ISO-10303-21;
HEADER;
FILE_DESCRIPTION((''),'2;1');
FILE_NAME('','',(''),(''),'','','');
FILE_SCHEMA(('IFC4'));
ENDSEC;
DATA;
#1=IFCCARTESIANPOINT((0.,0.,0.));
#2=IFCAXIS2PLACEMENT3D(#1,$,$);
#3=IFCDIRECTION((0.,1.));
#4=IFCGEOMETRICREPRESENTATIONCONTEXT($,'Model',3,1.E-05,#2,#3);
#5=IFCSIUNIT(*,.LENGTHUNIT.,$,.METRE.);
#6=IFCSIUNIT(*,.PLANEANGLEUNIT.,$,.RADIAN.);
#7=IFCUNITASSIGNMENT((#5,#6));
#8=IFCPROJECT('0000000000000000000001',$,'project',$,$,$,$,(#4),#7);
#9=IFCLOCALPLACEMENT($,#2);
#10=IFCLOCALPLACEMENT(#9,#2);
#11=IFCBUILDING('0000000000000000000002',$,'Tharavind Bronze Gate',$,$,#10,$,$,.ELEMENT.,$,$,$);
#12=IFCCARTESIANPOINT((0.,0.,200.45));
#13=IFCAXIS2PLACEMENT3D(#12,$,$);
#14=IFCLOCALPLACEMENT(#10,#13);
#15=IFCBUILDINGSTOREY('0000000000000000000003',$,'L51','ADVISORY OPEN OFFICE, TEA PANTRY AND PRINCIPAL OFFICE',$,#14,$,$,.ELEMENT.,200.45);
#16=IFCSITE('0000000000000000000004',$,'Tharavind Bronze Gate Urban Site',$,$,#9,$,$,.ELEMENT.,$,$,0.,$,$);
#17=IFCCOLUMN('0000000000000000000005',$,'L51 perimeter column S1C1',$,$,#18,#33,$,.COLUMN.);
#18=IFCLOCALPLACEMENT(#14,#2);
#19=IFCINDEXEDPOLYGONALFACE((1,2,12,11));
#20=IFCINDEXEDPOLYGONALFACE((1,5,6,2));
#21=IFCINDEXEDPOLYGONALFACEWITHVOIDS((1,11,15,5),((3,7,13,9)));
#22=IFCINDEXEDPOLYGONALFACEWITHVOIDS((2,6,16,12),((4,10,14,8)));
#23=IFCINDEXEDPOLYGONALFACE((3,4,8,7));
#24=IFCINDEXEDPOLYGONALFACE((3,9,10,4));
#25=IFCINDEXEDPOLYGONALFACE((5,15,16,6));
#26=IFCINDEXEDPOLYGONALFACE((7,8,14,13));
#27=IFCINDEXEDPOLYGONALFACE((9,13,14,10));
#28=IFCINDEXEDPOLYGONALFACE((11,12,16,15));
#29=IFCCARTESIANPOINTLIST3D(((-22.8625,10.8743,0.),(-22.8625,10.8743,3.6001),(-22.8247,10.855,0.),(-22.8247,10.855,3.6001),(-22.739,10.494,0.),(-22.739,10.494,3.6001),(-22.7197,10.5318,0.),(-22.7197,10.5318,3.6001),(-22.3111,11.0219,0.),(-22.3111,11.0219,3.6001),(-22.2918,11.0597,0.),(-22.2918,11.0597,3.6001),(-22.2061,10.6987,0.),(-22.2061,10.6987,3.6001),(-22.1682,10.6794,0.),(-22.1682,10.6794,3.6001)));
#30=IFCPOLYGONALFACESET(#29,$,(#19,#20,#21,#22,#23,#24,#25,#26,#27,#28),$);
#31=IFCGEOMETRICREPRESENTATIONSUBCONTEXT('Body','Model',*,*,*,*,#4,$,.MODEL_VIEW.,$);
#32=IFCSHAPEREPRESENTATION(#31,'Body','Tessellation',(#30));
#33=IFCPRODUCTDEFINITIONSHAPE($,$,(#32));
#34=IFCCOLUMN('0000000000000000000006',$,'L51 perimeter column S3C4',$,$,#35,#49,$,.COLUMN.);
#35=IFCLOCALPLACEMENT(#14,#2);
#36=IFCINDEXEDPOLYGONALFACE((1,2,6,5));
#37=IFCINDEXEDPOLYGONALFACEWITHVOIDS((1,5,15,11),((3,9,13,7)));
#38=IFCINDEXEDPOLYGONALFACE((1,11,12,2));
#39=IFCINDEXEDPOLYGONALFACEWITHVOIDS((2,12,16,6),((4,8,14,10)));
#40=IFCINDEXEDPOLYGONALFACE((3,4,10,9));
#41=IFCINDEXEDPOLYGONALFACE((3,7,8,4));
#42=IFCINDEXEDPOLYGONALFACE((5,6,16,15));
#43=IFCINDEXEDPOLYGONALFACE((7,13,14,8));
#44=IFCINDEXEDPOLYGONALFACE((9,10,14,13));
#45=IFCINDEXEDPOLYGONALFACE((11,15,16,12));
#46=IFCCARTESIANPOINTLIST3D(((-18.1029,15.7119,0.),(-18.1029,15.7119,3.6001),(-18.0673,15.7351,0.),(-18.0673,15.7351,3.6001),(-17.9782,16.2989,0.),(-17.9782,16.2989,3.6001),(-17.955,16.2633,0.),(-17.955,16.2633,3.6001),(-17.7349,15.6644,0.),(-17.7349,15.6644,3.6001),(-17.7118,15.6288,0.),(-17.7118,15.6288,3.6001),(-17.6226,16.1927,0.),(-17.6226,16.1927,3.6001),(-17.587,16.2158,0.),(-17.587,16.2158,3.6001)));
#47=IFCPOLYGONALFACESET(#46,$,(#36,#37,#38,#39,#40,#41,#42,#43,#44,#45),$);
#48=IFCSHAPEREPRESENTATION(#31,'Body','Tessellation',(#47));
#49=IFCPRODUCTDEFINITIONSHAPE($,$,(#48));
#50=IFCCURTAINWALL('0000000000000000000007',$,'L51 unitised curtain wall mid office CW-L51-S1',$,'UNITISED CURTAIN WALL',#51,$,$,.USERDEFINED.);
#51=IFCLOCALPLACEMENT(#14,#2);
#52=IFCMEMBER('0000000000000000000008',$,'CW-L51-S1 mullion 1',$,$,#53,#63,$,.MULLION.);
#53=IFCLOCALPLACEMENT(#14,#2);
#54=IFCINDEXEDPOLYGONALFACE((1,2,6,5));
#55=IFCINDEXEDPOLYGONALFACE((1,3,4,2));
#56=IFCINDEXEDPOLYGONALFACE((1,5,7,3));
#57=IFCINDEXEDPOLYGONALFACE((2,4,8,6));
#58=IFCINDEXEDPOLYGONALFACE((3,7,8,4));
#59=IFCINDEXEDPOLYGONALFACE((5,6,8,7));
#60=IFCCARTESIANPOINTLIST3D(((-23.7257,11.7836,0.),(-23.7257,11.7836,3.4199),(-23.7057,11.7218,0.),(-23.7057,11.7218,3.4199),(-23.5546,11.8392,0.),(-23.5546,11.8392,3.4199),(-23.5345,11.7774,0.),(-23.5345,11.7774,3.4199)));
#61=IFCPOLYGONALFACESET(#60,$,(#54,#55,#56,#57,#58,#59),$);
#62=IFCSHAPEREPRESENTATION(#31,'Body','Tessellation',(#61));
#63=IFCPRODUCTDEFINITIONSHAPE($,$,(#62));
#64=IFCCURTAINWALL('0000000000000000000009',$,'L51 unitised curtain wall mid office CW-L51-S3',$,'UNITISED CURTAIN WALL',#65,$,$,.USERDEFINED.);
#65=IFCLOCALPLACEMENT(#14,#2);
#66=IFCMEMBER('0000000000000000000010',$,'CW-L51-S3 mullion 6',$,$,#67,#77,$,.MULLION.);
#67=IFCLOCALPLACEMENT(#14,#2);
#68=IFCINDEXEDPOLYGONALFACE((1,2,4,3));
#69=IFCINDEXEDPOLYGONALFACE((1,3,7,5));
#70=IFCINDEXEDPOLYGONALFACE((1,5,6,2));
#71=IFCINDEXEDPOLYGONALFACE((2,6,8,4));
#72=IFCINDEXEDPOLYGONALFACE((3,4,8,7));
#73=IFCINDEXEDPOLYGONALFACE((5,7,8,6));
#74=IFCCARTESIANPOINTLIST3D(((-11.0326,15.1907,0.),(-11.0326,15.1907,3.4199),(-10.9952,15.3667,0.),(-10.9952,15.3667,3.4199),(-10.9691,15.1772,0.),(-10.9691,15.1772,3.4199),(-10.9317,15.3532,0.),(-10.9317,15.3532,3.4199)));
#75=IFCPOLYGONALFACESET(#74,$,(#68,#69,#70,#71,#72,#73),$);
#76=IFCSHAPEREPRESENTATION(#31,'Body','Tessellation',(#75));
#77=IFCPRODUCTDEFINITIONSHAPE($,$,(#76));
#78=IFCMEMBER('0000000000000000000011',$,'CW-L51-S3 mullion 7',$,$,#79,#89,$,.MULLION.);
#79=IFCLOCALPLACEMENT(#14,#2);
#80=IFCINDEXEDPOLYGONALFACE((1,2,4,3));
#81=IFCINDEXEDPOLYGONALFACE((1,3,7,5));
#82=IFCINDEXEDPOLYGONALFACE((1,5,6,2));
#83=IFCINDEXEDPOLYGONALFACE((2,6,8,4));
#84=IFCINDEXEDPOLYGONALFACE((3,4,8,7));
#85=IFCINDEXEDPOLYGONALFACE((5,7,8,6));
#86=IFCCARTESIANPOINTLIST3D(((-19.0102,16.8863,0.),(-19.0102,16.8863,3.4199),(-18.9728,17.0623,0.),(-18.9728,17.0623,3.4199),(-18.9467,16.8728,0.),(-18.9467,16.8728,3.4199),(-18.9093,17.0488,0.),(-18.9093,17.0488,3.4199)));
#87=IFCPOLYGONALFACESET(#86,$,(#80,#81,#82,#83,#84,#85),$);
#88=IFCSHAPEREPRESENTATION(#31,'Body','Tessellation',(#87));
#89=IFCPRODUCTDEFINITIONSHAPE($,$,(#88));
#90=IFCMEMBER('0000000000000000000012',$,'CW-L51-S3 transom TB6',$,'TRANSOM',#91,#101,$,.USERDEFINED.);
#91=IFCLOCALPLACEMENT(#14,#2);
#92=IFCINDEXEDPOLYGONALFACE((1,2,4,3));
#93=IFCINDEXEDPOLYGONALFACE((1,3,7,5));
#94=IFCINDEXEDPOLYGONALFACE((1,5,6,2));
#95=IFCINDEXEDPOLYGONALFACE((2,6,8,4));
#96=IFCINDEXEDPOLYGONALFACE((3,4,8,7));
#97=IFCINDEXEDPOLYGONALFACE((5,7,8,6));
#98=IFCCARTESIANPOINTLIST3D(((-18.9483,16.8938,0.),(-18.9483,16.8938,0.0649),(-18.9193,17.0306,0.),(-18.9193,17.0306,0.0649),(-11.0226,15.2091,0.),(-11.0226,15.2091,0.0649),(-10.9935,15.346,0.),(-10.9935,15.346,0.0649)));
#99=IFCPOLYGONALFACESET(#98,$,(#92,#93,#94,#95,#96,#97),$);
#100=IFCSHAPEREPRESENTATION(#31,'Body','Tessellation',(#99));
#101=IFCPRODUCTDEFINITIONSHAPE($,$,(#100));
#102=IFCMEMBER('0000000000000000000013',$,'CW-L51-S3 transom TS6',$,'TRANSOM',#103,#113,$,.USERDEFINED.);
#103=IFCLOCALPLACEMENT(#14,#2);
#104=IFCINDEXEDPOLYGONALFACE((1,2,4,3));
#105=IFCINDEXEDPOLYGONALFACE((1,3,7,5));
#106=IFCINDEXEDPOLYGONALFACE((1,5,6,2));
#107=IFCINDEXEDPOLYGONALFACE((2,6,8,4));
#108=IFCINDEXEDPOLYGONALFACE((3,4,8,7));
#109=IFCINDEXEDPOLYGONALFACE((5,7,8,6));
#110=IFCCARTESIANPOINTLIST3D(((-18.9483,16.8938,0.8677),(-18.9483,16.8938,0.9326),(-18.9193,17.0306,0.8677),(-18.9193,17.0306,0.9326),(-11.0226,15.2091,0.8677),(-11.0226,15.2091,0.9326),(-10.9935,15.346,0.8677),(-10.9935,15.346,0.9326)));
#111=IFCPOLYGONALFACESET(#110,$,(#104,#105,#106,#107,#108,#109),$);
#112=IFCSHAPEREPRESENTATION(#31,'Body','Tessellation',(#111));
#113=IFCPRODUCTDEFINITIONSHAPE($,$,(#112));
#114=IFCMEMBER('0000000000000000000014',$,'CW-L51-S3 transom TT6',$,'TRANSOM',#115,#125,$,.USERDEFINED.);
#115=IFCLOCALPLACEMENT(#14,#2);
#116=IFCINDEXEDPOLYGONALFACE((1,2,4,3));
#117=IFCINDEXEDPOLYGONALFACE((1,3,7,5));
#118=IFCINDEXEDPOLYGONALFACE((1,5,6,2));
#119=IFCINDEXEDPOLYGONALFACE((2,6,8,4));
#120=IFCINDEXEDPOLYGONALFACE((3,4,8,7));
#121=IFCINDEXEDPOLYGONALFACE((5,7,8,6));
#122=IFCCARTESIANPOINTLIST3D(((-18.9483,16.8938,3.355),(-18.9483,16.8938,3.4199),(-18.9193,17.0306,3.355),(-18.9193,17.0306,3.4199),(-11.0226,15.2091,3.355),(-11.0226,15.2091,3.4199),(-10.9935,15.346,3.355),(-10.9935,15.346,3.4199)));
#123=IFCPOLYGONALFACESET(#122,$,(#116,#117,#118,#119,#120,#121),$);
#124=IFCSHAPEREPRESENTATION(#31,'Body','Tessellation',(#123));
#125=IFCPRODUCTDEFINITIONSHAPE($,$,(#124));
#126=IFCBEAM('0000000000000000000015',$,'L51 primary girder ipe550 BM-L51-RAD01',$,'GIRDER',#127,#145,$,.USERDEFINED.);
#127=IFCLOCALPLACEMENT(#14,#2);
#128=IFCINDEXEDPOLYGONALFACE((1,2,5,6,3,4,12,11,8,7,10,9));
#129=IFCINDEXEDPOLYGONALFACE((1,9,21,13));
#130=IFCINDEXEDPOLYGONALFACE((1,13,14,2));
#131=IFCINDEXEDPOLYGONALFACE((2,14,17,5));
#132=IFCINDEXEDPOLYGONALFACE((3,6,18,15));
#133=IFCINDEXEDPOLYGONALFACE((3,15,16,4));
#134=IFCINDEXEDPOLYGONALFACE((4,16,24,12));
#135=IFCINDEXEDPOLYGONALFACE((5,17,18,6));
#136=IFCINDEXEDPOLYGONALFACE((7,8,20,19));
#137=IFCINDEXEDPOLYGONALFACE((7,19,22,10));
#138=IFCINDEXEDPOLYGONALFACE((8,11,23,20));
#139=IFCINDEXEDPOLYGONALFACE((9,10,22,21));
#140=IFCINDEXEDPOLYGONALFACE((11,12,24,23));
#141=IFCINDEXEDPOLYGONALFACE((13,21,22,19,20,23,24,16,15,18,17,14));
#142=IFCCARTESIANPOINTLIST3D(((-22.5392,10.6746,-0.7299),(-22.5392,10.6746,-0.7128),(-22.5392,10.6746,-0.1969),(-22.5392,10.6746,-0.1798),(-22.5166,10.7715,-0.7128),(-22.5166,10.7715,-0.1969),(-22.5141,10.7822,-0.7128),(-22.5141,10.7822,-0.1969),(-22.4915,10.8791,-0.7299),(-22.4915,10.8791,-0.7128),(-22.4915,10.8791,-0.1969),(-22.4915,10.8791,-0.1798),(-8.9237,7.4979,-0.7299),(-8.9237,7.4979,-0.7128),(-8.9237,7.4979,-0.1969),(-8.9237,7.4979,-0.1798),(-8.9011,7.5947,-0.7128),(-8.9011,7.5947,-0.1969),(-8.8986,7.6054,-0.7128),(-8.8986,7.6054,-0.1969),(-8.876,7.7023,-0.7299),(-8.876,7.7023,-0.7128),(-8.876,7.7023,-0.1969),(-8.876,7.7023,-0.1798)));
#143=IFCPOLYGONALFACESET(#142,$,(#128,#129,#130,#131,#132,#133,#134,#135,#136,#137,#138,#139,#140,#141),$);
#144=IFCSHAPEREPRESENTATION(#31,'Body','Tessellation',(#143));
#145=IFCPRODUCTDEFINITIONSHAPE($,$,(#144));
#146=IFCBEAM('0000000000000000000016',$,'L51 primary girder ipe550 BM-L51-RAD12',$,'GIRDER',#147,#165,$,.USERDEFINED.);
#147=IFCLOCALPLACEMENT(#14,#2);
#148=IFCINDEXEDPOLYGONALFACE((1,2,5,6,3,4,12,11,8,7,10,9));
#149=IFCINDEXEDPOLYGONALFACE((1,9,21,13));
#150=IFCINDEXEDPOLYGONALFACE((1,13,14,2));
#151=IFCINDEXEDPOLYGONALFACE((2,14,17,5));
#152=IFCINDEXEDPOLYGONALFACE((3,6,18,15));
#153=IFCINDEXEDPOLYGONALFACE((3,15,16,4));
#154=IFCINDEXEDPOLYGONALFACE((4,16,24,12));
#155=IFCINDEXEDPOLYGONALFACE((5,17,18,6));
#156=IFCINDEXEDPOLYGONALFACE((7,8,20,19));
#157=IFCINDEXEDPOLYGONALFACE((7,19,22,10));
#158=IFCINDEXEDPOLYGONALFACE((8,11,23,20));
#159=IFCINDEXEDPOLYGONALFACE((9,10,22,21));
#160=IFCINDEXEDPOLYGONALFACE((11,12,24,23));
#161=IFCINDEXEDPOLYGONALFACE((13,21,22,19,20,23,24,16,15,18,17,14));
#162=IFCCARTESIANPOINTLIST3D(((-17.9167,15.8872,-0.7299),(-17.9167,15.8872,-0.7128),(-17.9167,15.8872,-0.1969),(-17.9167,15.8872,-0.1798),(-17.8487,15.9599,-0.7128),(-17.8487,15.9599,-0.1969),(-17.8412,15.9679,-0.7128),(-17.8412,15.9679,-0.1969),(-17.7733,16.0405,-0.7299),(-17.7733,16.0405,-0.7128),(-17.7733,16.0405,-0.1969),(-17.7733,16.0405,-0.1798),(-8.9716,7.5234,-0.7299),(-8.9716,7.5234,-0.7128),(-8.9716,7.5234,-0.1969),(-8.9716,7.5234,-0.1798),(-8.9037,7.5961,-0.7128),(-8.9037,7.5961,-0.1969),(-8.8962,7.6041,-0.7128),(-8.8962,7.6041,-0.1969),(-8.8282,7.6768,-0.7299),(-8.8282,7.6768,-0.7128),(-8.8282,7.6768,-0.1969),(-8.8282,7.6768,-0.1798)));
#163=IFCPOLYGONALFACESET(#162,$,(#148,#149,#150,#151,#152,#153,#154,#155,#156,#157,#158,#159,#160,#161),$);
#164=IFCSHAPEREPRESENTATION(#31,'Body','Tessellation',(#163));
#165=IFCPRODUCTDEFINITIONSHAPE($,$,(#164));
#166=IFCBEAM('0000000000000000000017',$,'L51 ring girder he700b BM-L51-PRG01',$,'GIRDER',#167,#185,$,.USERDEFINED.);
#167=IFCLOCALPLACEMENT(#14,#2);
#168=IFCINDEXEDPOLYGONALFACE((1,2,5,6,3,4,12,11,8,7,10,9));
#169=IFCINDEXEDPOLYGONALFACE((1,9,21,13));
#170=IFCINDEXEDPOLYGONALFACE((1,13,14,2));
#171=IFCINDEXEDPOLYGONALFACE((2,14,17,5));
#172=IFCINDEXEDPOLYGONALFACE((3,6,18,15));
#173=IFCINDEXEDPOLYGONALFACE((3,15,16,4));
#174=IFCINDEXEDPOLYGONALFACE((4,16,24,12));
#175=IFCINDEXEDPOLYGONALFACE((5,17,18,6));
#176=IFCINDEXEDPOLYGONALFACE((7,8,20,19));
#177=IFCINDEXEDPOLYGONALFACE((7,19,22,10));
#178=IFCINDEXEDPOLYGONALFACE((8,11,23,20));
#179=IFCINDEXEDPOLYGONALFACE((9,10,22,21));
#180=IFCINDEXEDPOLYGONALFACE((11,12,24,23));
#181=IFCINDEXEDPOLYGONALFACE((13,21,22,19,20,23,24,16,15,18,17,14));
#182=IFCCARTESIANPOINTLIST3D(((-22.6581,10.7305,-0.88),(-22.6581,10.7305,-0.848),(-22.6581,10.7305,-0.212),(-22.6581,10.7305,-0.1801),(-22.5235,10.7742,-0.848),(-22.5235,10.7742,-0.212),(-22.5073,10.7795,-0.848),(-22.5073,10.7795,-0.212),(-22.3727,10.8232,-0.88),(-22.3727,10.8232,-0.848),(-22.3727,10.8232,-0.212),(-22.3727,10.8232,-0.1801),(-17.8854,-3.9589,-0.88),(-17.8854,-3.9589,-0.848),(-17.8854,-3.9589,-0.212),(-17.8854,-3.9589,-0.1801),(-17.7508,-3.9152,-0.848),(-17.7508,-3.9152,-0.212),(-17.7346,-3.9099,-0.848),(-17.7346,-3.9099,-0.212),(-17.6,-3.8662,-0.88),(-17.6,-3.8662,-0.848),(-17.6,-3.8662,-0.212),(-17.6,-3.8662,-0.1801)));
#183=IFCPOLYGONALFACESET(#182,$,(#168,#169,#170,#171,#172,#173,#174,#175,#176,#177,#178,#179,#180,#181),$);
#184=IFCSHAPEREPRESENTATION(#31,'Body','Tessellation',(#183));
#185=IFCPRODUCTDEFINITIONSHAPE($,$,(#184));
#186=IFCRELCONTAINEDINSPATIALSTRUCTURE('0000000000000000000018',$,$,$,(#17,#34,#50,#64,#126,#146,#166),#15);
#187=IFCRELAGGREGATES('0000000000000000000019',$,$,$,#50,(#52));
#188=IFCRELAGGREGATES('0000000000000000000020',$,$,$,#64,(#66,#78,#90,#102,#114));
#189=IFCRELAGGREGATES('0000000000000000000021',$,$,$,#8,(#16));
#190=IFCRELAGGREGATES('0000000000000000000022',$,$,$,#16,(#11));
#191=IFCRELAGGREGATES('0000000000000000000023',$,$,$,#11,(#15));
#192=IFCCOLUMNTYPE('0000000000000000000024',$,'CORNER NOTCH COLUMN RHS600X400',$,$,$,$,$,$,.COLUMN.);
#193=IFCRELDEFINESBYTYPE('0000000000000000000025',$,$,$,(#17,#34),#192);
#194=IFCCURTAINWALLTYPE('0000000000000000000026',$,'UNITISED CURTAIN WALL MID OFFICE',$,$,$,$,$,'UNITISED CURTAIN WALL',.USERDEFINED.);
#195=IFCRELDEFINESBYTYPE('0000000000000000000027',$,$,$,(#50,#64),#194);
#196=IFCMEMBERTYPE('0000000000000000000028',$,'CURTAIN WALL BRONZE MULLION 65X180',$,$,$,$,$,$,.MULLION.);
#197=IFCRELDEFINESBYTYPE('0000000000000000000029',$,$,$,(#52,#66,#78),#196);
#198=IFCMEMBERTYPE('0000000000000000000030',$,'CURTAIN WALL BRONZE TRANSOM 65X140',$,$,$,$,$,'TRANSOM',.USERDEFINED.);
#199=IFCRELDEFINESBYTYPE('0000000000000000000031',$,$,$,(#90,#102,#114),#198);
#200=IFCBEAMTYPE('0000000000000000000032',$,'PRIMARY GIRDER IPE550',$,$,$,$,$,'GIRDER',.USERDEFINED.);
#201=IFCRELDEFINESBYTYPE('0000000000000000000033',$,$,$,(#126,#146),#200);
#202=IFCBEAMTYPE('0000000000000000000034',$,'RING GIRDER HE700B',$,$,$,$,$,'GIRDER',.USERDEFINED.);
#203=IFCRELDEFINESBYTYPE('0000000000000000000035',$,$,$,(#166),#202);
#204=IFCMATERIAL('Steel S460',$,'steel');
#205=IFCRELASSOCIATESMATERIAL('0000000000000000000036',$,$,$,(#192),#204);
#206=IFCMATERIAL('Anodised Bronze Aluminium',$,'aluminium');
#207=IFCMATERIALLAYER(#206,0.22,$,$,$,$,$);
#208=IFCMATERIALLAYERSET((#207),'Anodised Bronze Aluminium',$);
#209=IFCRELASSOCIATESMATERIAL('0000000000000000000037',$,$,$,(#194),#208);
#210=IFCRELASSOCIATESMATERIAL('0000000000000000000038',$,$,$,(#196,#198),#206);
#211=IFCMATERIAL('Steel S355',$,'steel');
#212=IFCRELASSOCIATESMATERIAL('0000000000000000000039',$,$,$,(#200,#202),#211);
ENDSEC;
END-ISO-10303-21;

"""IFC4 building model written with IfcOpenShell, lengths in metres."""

from ifc_helpers import new_model, si_unit, direction, frame, origin, origin_2d, place, context, subcontext, project, spatial, rectangle, hollow_rectangle, i_section, extrude, material, layer, layer_set, material_profile, profile_set, type_object, element, aggregate, save


model = new_model("IFC4")

# Units and contexts
model_context = context("Model", 3, precision=1e-05, world=origin(), true_north=direction((0.0, 1.0)))
body_context = subcontext(model_context, "Body", "Model", "MODEL_VIEW")
ifc_project = project(units=[si_unit("LENGTHUNIT", "METRE"), si_unit("PLANEANGLEUNIT", "RADIAN")], contexts=[model_context])

# Site, building, storey
site_placement = place(None, origin())
site = spatial("IfcSite", under=ifc_project, at=site_placement, Name="Tharavind Bronze Gate Urban Site", CompositionType="ELEMENT", RefElevation=0.0)
building_placement = place(site_placement, origin())
building = spatial("IfcBuilding", under=site, at=building_placement, Name="Tharavind Bronze Gate", CompositionType="ELEMENT")
storey_placement = place(building_placement, frame((0.0, 0.0, 200.45)))
storey = spatial("IfcBuildingStorey", under=building, at=storey_placement, Name="L51", Description="ADVISORY OPEN OFFICE, TEA PANTRY AND PRINCIPAL OFFICE", CompositionType="ELEMENT", Elevation=200.45)

# Columns
ifc_material_1 = material(Name="Steel S460", Category="steel")
ifc_material_profile_1 = material_profile(ifc_material_1, hollow_rectangle(XDim=0.3999, YDim=0.6001, WallThickness=0.03, at=origin_2d()), Name="RHS600X400X30")
ifc_profile_set_1 = profile_set([ifc_material_profile_1], Name="Steel S460")
column_type = type_object("IfcColumnType", Name="CORNER NOTCH COLUMN RHS600X400", PredefinedType="COLUMN", material=ifc_profile_set_1)
for number, where, z_axis, x_axis, name in (
    (1, (-22.5154, 10.7769, 0.0), (0.0, 0.0, 1.0), (-0.309017, 0.951057, 0.0), "L51 perimeter column S1C1"),
    (2, (-17.845, 15.9639, 0.0), (0.0, 0.0, 1.0), (-0.978148, 0.207912, 0.0), "L51 perimeter column S3C4"),
):
    element("IfcColumn", number, at=place(storey_placement, frame(where, z_axis=z_axis, x_axis=x_axis)), inside=storey, type_object=column_type, Name=name, PredefinedType="COLUMN", context=body_context, shape_type="SweptSolid", body=[
        extrude(hollow_rectangle(XDim=0.3999, YDim=0.6001, WallThickness=0.03, at=origin_2d()), origin(), (0.0, 0.0, 1.0), 3.6001),
    ])

# Curtain wall, member
ifc_material_2 = material(Name="Anodised Bronze Aluminium", Category="aluminium")
ifc_layer_1 = layer(ifc_material_2, 0.22)
ifc_layer_set_1 = layer_set([ifc_layer_1], Name="Anodised Bronze Aluminium")
curtain_wall_type = type_object("IfcCurtainWallType", Name="UNITISED CURTAIN WALL MID OFFICE", ElementType="UNITISED CURTAIN WALL", PredefinedType="USERDEFINED", material=ifc_layer_set_1)
curtain_wall_1_placement = place(storey_placement, origin())
curtain_wall_1 = element("IfcCurtainWall", 3, at=curtain_wall_1_placement, inside=storey, type_object=curtain_wall_type, Name="L51 unitised curtain wall mid office CW-L51-S1", ObjectType="UNITISED CURTAIN WALL", PredefinedType="USERDEFINED")
member_type_1 = type_object("IfcMemberType", Name="CURTAIN WALL BRONZE MULLION 65X180", PredefinedType="MULLION", material=ifc_material_2)
member_1_placement = place(storey_placement, frame((-23.6301, 11.7805, 0.0), z_axis=(0.0, 0.0, 1.0), x_axis=(0.309017, -0.951057, 0.0)))
member_1 = element("IfcMember", 4, at=member_1_placement, type_object=member_type_1, Name="CW-L51-S1 mullion 1", PredefinedType="MULLION", context=body_context, shape_type="SweptSolid", body=[
    extrude(rectangle(XDim=0.0649, YDim=0.1799, at=origin_2d()), origin(), (0.0, 0.0, 1.0), 3.4199),
])
aggregate(curtain_wall_1, [member_1])

# Curtain wall, members
curtain_wall_2_placement = place(storey_placement, origin())
curtain_wall_2 = element("IfcCurtainWall", 5, at=curtain_wall_2_placement, inside=storey, type_object=curtain_wall_type, Name="L51 unitised curtain wall mid office CW-L51-S3", ObjectType="UNITISED CURTAIN WALL", PredefinedType="USERDEFINED")
member_2_placement = place(storey_placement, frame((-10.9822, 15.272, 0.0), z_axis=(0.0, 0.0, 1.0), x_axis=(-0.978148, 0.207912, 0.0)))
member_2 = element("IfcMember", 6, at=member_2_placement, type_object=member_type_1, Name="CW-L51-S3 mullion 6", PredefinedType="MULLION", context=body_context, shape_type="SweptSolid", body=[
    extrude(rectangle(XDim=0.0649, YDim=0.1799, at=origin_2d()), origin(), (0.0, 0.0, 1.0), 3.4199),
])
member_3_placement = place(storey_placement, frame((-18.9597, 16.9675, 0.0), z_axis=(0.0, 0.0, 1.0), x_axis=(-0.978148, 0.207912, 0.0)))
member_3 = element("IfcMember", 7, at=member_3_placement, type_object=member_type_1, Name="CW-L51-S3 mullion 7", PredefinedType="MULLION", context=body_context, shape_type="SweptSolid", body=[
    extrude(rectangle(XDim=0.0649, YDim=0.1799, at=origin_2d()), origin(), (0.0, 0.0, 1.0), 3.4199),
])
member_type_2 = type_object("IfcMemberType", Name="CURTAIN WALL BRONZE TRANSOM 65X140", ElementType="TRANSOM", PredefinedType="USERDEFINED", material=ifc_material_2)
member_4_placement = place(storey_placement, frame((-14.9709, 16.1199, 0.0), z_axis=(0.0, 0.0, 1.0), x_axis=(-0.978148, 0.207912, 0.0)))
member_4 = element("IfcMember", 8, at=member_4_placement, type_object=member_type_2, Name="CW-L51-S3 transom TB6", ObjectType="TRANSOM", PredefinedType="USERDEFINED", context=body_context, shape_type="SweptSolid", body=[
    extrude(rectangle(XDim=8.1028, YDim=0.1399, at=origin_2d()), origin(), (0.0, 0.0, 1.0), 0.0649),
])
member_5_placement = place(storey_placement, frame((-14.9709, 16.1199, 0.8677), z_axis=(0.0, 0.0, 1.0), x_axis=(-0.978148, 0.207912, 0.0)))
member_5 = element("IfcMember", 9, at=member_5_placement, type_object=member_type_2, Name="CW-L51-S3 transom TS6", ObjectType="TRANSOM", PredefinedType="USERDEFINED", context=body_context, shape_type="SweptSolid", body=[
    extrude(rectangle(XDim=8.1028, YDim=0.1399, at=origin_2d()), origin(), (0.0, 0.0, 1.0), 0.0649),
])
member_6_placement = place(storey_placement, frame((-14.9709, 16.1199, 3.355), z_axis=(0.0, 0.0, 1.0), x_axis=(-0.978148, 0.207912, 0.0)))
member_6 = element("IfcMember", 10, at=member_6_placement, type_object=member_type_2, Name="CW-L51-S3 transom TT6", ObjectType="TRANSOM", PredefinedType="USERDEFINED", context=body_context, shape_type="SweptSolid", body=[
    extrude(rectangle(XDim=8.1028, YDim=0.1399, at=origin_2d()), origin(), (0.0, 0.0, 1.0), 0.0649),
])

# Beams
ifc_material_3 = material(Name="Steel S355", Category="steel")
ifc_material_profile_2 = material_profile(ifc_material_3, i_section(OverallWidth=0.21, OverallDepth=0.55, WebThickness=0.011, FlangeThickness=0.0171, at=origin_2d()), Name="IPE550")
ifc_profile_set_2 = profile_set([ifc_material_profile_2], Name="Steel S355")
beam_type_1 = type_object("IfcBeamType", Name="PRIMARY GIRDER IPE550", ElementType="GIRDER", PredefinedType="USERDEFINED", material=ifc_profile_set_2)
beam_1_placement = place(storey_placement, frame((-22.5154, 10.7769, -0.4548), z_axis=(0.973844, -0.227217, 0.0), x_axis=(0.227217, 0.973844, 0.0)))
element("IfcBeam", 11, at=beam_1_placement, inside=storey, type_object=beam_type_1, Name="L51 primary girder ipe550 BM-L51-RAD01", ObjectType="GIRDER", PredefinedType="USERDEFINED", context=body_context, shape_type="SweptSolid", body=[
    extrude(i_section(OverallWidth=0.21, OverallDepth=0.55, WebThickness=0.011, FlangeThickness=0.0171, at=origin_2d()), origin(), (0.0, 0.0, 1.0), 13.9812),
])
beam_2_placement = place(storey_placement, frame((-17.845, 15.9639, -0.4548), z_axis=(0.730442, -0.682974, 0.0), x_axis=(0.682974, 0.730442, 0.0)))
element("IfcBeam", 12, at=beam_2_placement, inside=storey, type_object=beam_type_1, Name="L51 primary girder ipe550 BM-L51-RAD12", ObjectType="GIRDER", PredefinedType="USERDEFINED", context=body_context, shape_type="SweptSolid", body=[
    extrude(i_section(OverallWidth=0.21, OverallDepth=0.55, WebThickness=0.011, FlangeThickness=0.0171, at=origin_2d()), origin(), (0.0, 0.0, 1.0), 12.2461),
])
ifc_material_profile_3 = material_profile(ifc_material_3, i_section(OverallWidth=0.3, OverallDepth=0.7, WebThickness=0.0171, FlangeThickness=0.032, at=origin_2d()), Name="HE700B")
ifc_profile_set_3 = profile_set([ifc_material_profile_3], Name="Steel S355")
beam_type_2 = type_object("IfcBeamType", Name="RING GIRDER HE700B", ElementType="GIRDER", PredefinedType="USERDEFINED", material=ifc_profile_set_3)
beam_3_placement = place(storey_placement, frame((-22.5154, 10.7769, -0.53), z_axis=(0.309006, -0.95106, 0.0), x_axis=(0.95106, 0.309006, 0.0)))
element("IfcBeam", 13, at=beam_3_placement, inside=storey, type_object=beam_type_2, Name="L51 ring girder he700b BM-L51-PRG01", ObjectType="GIRDER", PredefinedType="USERDEFINED", context=body_context, shape_type="SweptSolid", body=[
    extrude(i_section(OverallWidth=0.3, OverallDepth=0.7, WebThickness=0.0171, FlangeThickness=0.032, at=origin_2d()), origin(), (0.0, 0.0, 1.0), 15.4453),
])

aggregate(curtain_wall_2, [member_2, member_3, member_4, member_5, member_6])

save(model, "model.ifc")
